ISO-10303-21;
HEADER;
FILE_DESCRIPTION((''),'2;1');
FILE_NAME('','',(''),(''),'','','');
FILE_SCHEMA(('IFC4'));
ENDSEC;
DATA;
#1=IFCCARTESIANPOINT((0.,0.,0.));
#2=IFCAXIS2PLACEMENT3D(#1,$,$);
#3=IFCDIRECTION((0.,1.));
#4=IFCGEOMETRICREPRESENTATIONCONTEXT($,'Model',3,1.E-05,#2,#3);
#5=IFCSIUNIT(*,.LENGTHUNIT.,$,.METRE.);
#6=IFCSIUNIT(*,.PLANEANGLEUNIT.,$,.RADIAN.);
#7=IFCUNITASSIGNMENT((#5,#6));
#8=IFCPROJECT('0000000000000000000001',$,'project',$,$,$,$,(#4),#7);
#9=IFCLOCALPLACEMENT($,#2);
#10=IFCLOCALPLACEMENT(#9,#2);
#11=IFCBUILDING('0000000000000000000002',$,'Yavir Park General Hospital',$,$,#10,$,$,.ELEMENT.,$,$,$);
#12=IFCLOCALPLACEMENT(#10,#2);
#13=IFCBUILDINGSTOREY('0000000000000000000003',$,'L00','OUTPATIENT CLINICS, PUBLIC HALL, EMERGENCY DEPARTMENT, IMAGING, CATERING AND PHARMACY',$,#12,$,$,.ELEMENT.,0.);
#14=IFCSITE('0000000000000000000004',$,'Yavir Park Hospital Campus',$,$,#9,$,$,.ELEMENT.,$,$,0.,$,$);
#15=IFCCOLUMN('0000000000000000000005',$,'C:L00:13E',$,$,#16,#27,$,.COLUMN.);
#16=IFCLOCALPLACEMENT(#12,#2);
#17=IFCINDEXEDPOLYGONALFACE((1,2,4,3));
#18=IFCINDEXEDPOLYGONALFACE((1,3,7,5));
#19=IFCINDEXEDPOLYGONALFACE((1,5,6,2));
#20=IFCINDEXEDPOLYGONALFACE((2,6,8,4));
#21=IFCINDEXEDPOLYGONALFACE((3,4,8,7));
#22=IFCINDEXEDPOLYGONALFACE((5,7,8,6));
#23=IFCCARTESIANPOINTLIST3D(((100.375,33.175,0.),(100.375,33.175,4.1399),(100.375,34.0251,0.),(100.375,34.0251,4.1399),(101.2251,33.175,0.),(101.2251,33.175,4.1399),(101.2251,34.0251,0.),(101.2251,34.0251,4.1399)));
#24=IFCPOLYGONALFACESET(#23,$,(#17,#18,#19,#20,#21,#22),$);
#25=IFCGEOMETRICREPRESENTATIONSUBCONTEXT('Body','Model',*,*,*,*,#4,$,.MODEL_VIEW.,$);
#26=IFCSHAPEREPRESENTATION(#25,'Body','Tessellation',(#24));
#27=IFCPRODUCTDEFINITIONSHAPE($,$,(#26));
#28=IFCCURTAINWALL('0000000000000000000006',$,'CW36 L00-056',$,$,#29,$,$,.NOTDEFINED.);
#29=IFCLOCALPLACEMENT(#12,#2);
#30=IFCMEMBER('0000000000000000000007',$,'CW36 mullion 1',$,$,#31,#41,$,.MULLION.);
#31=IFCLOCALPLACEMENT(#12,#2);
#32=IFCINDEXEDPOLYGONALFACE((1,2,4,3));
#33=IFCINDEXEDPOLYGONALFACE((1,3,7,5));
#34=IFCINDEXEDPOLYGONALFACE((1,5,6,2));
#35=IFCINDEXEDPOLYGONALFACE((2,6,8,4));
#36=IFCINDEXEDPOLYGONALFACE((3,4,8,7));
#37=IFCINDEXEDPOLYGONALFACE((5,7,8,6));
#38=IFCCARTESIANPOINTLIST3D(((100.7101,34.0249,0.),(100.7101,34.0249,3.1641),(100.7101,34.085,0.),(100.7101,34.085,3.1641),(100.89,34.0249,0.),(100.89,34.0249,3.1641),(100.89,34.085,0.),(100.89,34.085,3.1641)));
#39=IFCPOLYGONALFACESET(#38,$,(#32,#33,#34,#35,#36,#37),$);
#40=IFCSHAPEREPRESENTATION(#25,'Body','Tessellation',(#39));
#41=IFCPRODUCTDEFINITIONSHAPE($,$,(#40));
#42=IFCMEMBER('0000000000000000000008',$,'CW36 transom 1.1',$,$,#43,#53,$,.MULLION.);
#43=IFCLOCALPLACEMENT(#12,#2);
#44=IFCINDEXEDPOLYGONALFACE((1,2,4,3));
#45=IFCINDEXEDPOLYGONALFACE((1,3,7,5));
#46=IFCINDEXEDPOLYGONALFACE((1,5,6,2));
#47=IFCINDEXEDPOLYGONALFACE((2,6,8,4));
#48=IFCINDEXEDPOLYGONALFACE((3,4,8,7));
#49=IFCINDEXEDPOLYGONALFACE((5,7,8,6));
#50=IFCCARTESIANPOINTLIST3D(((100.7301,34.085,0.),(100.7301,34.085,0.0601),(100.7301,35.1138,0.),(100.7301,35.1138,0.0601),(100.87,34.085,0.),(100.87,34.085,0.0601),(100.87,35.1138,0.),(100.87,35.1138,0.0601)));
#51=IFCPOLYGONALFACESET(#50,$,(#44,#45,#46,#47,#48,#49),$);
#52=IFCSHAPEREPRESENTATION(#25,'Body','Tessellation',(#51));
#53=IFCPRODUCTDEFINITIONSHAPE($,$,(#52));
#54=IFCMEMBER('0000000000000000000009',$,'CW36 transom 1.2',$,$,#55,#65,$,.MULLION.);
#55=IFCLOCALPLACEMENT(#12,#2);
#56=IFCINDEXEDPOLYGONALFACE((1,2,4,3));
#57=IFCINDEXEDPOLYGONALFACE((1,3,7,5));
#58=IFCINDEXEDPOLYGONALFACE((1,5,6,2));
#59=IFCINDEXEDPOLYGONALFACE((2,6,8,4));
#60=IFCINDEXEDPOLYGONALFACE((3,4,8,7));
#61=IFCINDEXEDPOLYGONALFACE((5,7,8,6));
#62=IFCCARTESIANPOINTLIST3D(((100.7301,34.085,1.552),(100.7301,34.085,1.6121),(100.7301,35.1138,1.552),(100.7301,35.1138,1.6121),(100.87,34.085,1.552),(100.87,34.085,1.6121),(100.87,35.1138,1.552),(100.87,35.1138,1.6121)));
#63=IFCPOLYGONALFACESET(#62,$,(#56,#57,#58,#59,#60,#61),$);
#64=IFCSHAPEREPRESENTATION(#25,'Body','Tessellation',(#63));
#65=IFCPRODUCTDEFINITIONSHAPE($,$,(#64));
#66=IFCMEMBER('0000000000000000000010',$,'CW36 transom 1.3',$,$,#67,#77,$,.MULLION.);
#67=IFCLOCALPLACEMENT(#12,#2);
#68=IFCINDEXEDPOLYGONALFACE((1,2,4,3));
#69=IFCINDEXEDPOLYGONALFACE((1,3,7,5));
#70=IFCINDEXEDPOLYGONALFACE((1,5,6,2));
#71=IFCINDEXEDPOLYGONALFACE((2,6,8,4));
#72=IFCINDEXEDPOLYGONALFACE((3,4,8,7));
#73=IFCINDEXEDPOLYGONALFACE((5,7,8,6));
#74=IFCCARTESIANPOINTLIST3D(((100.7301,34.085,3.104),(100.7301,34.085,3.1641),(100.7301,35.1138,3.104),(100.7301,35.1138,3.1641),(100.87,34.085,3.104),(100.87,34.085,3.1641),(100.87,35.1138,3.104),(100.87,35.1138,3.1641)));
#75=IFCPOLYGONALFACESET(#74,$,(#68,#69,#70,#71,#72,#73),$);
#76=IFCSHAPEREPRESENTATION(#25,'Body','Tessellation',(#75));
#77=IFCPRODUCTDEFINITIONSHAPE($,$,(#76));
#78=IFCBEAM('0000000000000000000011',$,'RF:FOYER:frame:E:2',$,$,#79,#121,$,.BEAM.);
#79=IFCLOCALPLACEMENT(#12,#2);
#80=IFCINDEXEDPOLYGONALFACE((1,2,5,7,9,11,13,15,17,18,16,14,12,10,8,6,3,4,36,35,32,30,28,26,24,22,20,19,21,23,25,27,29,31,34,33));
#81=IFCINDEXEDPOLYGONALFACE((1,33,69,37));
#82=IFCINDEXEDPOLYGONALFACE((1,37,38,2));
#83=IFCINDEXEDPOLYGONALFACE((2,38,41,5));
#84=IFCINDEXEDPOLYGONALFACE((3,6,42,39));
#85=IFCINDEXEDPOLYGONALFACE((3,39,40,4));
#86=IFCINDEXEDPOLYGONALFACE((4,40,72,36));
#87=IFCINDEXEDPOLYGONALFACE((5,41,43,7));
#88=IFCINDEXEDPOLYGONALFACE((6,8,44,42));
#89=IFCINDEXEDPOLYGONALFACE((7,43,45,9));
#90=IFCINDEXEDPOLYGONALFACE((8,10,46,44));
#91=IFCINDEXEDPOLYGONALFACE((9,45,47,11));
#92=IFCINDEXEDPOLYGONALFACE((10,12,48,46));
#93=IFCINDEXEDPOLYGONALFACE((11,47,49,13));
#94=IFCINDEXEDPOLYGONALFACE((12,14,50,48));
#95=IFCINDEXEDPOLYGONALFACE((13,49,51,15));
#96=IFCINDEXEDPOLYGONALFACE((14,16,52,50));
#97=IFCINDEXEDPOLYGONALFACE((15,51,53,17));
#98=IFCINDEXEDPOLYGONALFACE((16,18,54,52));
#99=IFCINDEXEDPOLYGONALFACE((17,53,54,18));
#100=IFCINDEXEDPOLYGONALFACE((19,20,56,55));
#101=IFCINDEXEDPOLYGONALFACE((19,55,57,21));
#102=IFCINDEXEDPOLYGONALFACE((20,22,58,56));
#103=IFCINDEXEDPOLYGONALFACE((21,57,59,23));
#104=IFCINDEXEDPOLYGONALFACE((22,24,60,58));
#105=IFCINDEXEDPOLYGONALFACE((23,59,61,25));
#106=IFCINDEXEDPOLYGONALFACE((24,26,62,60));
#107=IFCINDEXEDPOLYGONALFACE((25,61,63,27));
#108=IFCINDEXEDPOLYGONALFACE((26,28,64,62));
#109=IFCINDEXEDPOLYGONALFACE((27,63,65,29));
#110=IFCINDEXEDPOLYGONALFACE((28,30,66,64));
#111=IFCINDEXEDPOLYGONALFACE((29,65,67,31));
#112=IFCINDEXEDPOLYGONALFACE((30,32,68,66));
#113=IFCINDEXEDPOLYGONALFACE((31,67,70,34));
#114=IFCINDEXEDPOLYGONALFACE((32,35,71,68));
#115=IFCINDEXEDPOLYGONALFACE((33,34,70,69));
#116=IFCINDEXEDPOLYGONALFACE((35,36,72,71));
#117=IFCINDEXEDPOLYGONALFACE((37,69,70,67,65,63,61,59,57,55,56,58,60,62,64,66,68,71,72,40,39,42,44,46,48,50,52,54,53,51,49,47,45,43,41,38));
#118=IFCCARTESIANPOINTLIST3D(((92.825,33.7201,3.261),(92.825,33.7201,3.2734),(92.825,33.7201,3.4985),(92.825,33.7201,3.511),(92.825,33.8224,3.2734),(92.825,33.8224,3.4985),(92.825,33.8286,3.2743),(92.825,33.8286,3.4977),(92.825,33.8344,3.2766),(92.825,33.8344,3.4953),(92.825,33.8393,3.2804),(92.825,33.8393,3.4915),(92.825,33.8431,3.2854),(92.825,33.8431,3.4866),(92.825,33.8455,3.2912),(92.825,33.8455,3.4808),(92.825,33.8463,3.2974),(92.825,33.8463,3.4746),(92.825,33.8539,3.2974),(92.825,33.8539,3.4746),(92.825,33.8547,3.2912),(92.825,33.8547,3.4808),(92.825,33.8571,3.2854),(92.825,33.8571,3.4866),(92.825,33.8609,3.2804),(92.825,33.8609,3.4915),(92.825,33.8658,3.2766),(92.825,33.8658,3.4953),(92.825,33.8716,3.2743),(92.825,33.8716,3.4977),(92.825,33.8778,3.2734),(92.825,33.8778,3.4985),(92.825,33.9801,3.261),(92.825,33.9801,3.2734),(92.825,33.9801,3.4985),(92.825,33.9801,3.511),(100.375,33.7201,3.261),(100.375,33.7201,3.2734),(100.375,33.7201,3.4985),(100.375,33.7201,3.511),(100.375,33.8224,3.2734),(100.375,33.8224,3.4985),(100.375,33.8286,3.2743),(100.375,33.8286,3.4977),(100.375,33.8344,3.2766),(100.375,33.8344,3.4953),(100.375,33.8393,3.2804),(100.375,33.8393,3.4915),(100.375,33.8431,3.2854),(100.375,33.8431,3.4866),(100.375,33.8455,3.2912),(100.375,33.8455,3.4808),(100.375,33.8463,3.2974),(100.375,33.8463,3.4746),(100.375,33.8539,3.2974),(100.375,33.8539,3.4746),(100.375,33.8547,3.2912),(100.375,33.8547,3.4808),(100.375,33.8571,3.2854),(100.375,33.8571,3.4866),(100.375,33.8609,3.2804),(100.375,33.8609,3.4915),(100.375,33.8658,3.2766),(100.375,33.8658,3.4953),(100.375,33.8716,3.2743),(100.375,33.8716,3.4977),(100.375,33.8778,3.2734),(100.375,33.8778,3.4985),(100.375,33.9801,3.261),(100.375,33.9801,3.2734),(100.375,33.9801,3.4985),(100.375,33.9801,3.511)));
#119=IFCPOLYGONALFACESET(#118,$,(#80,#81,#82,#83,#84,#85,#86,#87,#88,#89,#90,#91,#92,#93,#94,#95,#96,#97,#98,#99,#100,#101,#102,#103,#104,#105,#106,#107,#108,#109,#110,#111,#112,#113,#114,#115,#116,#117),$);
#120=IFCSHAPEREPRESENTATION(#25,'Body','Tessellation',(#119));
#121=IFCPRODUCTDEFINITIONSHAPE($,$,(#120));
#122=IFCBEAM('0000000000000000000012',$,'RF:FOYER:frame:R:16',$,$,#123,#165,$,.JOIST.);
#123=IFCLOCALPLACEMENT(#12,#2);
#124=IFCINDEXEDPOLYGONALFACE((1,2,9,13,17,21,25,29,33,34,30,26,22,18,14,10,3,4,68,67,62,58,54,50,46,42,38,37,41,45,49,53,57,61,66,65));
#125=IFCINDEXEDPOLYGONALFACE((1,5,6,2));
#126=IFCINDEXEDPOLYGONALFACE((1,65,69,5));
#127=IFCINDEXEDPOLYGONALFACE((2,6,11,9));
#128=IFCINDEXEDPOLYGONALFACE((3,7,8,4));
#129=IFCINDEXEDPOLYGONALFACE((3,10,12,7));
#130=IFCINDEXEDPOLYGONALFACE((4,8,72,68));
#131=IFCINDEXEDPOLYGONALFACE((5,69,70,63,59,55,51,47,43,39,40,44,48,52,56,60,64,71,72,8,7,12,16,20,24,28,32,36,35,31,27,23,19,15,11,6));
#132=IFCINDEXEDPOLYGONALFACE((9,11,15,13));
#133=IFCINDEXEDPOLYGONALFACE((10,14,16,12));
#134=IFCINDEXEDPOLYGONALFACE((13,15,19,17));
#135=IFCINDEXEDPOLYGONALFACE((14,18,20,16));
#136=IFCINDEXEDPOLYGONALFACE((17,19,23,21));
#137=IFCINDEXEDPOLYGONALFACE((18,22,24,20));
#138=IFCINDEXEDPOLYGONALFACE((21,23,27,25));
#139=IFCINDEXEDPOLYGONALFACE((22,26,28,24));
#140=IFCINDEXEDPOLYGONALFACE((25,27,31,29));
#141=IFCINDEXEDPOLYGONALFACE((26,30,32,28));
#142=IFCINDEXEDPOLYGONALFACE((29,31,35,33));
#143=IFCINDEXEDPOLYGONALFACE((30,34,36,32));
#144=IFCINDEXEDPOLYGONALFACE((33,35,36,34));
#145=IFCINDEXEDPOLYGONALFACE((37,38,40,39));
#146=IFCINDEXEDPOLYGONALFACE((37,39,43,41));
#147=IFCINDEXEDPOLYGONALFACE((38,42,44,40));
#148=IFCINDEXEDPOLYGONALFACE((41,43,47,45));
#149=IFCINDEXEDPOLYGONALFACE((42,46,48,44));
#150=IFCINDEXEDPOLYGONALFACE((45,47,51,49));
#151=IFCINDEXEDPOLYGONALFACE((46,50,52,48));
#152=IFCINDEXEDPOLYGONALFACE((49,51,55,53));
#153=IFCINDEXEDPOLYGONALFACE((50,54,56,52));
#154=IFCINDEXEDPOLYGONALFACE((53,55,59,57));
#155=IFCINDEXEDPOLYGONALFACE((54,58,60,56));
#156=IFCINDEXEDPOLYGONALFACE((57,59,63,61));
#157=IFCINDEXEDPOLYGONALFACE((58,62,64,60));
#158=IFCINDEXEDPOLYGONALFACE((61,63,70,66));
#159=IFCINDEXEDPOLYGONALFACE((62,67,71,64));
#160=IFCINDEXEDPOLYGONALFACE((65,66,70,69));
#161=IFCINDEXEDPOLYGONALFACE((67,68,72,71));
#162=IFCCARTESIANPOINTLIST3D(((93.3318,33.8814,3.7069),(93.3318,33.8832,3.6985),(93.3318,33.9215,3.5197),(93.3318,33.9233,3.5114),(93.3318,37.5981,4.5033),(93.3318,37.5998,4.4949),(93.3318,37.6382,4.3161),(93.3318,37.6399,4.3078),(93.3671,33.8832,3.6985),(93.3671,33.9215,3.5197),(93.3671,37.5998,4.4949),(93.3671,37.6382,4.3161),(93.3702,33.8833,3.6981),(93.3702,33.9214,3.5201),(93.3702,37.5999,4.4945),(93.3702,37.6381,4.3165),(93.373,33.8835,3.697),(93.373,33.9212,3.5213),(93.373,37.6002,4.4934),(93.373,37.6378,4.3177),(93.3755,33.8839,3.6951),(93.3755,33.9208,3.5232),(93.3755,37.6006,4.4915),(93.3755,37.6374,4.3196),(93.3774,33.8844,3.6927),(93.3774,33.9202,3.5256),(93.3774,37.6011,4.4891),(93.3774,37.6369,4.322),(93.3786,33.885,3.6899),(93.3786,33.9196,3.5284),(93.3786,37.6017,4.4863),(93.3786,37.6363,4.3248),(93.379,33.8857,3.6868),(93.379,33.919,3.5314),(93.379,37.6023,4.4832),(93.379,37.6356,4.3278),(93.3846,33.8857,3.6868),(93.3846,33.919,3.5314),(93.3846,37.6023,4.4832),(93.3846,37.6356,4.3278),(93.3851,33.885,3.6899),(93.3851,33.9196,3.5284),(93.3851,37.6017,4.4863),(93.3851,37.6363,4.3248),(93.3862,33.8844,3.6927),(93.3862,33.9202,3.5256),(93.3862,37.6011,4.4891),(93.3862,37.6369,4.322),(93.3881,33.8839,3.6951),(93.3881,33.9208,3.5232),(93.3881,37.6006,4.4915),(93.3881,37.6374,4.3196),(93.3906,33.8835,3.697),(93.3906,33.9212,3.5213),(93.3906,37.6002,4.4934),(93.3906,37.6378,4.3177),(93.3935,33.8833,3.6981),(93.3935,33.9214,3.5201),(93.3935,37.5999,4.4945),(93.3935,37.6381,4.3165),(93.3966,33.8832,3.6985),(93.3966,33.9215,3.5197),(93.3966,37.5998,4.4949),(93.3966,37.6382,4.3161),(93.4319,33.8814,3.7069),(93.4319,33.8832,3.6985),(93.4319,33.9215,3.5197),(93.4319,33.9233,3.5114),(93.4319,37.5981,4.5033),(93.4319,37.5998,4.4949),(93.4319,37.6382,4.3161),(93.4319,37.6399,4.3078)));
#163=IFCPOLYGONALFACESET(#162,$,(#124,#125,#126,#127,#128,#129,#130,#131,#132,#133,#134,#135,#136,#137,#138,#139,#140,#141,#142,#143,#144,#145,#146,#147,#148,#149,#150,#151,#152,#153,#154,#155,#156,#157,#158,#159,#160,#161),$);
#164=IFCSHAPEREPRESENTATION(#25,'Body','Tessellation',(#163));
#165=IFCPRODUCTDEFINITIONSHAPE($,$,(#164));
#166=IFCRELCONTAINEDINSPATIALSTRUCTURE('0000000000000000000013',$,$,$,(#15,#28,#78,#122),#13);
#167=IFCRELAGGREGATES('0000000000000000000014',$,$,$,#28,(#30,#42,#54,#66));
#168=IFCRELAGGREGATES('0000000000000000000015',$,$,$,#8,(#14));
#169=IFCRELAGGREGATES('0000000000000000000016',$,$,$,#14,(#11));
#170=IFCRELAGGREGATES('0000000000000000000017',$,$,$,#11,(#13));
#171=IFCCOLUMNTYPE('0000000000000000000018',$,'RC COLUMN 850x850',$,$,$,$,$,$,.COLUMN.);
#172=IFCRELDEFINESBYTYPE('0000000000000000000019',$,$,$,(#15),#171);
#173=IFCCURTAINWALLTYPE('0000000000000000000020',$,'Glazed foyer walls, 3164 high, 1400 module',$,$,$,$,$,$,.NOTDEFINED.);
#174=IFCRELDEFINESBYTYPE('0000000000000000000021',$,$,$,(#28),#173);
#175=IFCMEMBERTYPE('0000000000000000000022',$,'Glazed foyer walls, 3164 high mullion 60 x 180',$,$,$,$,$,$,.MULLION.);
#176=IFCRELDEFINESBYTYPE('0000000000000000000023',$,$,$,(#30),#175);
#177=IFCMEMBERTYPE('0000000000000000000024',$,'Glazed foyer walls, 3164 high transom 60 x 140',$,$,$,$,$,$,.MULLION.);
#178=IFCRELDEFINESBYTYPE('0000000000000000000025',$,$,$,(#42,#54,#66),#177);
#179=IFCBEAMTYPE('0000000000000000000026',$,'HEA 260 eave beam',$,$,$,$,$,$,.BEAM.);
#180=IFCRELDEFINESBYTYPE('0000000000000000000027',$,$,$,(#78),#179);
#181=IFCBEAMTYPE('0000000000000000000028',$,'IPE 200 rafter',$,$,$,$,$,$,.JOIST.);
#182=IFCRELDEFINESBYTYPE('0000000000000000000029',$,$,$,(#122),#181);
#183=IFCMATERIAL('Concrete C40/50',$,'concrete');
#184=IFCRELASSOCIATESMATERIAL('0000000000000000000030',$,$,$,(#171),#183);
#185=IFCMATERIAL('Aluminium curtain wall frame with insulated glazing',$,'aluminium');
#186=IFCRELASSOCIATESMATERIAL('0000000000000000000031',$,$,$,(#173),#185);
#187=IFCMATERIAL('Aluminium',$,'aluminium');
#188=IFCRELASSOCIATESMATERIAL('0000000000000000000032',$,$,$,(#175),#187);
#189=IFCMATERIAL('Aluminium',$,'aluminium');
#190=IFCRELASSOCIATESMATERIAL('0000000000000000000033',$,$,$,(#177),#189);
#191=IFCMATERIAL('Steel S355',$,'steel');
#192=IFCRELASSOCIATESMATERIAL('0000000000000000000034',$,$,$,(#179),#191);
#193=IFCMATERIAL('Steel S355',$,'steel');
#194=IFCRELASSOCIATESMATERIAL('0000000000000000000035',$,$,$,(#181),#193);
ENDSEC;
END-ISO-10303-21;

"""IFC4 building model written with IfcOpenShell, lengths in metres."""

from ifc_helpers import new_model, si_unit, direction, frame, origin, origin_2d, place, context, subcontext, project, spatial, rectangle, i_section, extrude, material, material_profile, profile_set, type_object, element, aggregate, save


model = new_model("IFC4")

# Units and contexts
model_context = context("Model", 3, precision=1e-05, world=origin(), true_north=direction((0.0, 1.0)))
body_context = subcontext(model_context, "Body", "Model", "MODEL_VIEW")
ifc_project = project(units=[si_unit("LENGTHUNIT", "METRE"), si_unit("PLANEANGLEUNIT", "RADIAN")], contexts=[model_context])

# Site, building, storey
site_placement = place(None, origin())
site = spatial("IfcSite", under=ifc_project, at=site_placement, Name="Yavir Park Hospital Campus", CompositionType="ELEMENT", RefElevation=0.0)
building_placement = place(site_placement, origin())
building = spatial("IfcBuilding", under=site, at=building_placement, Name="Yavir Park General Hospital", CompositionType="ELEMENT")
storey_placement = place(building_placement, origin())
storey = spatial("IfcBuildingStorey", under=building, at=storey_placement, Name="L00", Description="OUTPATIENT CLINICS, PUBLIC HALL, EMERGENCY DEPARTMENT, IMAGING, CATERING AND PHARMACY", CompositionType="ELEMENT", Elevation=0.0)

# Column
ifc_material_1 = material(Name="Concrete C40/50", Category="concrete")
ifc_material_profile_1 = material_profile(ifc_material_1, rectangle(XDim=0.8501, YDim=0.8501, at=origin_2d()), Name="RC850x850")
ifc_profile_set_1 = profile_set([ifc_material_profile_1], Name="Concrete C40/50")
column_type = type_object("IfcColumnType", Name="RC COLUMN 850x850", PredefinedType="COLUMN", material=ifc_profile_set_1)
column_placement = place(storey_placement, frame((100.8, 33.6001, 0.0), z_axis=(0.0, 0.0, 1.0), x_axis=(1.0, 0.0, 0.0)))
element("IfcColumn", 1, at=column_placement, inside=storey, type_object=column_type, Name="C:L00:13E", PredefinedType="COLUMN", context=body_context, shape_type="SweptSolid", body=[
    extrude(rectangle(XDim=0.8501, YDim=0.8501, at=origin_2d()), origin(), (0.0, 0.0, 1.0), 4.1399),
])

# Curtain wall, members
ifc_material_2 = material(Name="Aluminium curtain wall frame with insulated glazing", Category="aluminium")
curtain_wall_type = type_object("IfcCurtainWallType", Name="Glazed foyer walls, 3164 high, 1400 module", PredefinedType="NOTDEFINED", material=ifc_material_2)
curtain_wall_placement = place(storey_placement, origin())
curtain_wall = element("IfcCurtainWall", 2, at=curtain_wall_placement, inside=storey, type_object=curtain_wall_type, Name="CW36 L00-056", PredefinedType="NOTDEFINED")
ifc_material_3 = material(Name="Aluminium", Category="aluminium")
ifc_material_profile_2 = material_profile(ifc_material_3, rectangle(XDim=0.1799, YDim=0.0601, at=origin_2d()), Name="AL 60x180")
ifc_profile_set_2 = profile_set([ifc_material_profile_2], Name="Aluminium")
member_type_1 = type_object("IfcMemberType", Name="Glazed foyer walls, 3164 high mullion 60 x 180", PredefinedType="MULLION", material=ifc_profile_set_2)
member_1_placement = place(storey_placement, frame((100.8, 34.0549, 0.0), z_axis=(0.0, 0.0, 1.0), x_axis=(-1.0, 0.0, 0.0)))
member_1 = element("IfcMember", 3, at=member_1_placement, type_object=member_type_1, Name="CW36 mullion 1", PredefinedType="MULLION", context=body_context, shape_type="SweptSolid", body=[
    extrude(rectangle(XDim=0.1799, YDim=0.0601, at=origin_2d()), origin(), (0.0, 0.0, 1.0), 3.1641),
])
ifc_material_4 = material(Name="Aluminium", Category="aluminium")
ifc_material_profile_3 = material_profile(ifc_material_4, rectangle(XDim=0.1399, YDim=0.0601, at=origin_2d()), Name="AL 140x60")
ifc_profile_set_3 = profile_set([ifc_material_profile_3], Name="Aluminium")
member_type_2 = type_object("IfcMemberType", Name="Glazed foyer walls, 3164 high transom 60 x 140", PredefinedType="MULLION", material=ifc_profile_set_3)
member_2_placement = place(storey_placement, frame((100.8, 34.085, 0.03), z_axis=(0.0, 1.0, 0.0), x_axis=(-1.0, 0.0, 0.0)))
member_2 = element("IfcMember", 4, at=member_2_placement, type_object=member_type_2, Name="CW36 transom 1.1", PredefinedType="MULLION", context=body_context, shape_type="SweptSolid", body=[
    extrude(rectangle(XDim=0.1399, YDim=0.0601, at=origin_2d()), origin(), (0.0, 0.0, 1.0), 1.0288),
])
member_3_placement = place(storey_placement, frame((100.8, 34.085, 1.582), z_axis=(0.0, 1.0, 0.0), x_axis=(-1.0, 0.0, 0.0)))
member_3 = element("IfcMember", 5, at=member_3_placement, type_object=member_type_2, Name="CW36 transom 1.2", PredefinedType="MULLION", context=body_context, shape_type="SweptSolid", body=[
    extrude(rectangle(XDim=0.1399, YDim=0.0601, at=origin_2d()), origin(), (0.0, 0.0, 1.0), 1.0288),
])
member_4_placement = place(storey_placement, frame((100.8, 34.085, 3.134), z_axis=(0.0, 1.0, 0.0), x_axis=(-1.0, 0.0, 0.0)))
member_4 = element("IfcMember", 6, at=member_4_placement, type_object=member_type_2, Name="CW36 transom 1.3", PredefinedType="MULLION", context=body_context, shape_type="SweptSolid", body=[
    extrude(rectangle(XDim=0.1399, YDim=0.0601, at=origin_2d()), origin(), (0.0, 0.0, 1.0), 1.0288),
])
aggregate(curtain_wall, [member_1, member_2, member_3, member_4])

# Beams
ifc_material_5 = material(Name="Steel S355", Category="steel")
ifc_material_profile_4 = material_profile(ifc_material_5, i_section(OverallWidth=0.26, OverallDepth=0.25, WebThickness=0.0076, FlangeThickness=0.0125, FilletRadius=0.0239, at=origin_2d()), Name="HEA260")
ifc_profile_set_4 = profile_set([ifc_material_profile_4], Name="Steel S355")
beam_type_1 = type_object("IfcBeamType", Name="HEA 260 eave beam", PredefinedType="BEAM", material=ifc_profile_set_4)
beam_1_placement = place(storey_placement, frame((92.825, 33.8501, 3.386), z_axis=(1.0, 0.0, 0.0), x_axis=(0.0, 1.0, 0.0)))
element("IfcBeam", 7, at=beam_1_placement, inside=storey, type_object=beam_type_1, Name="RF:FOYER:frame:E:2", PredefinedType="BEAM", context=body_context, shape_type="SweptSolid", body=[
    extrude(i_section(OverallWidth=0.26, OverallDepth=0.25, WebThickness=0.0076, FlangeThickness=0.0125, FilletRadius=0.0239, at=origin_2d()), origin(), (0.0, 0.0, 1.0), 7.55),
])
ifc_material_6 = material(Name="Steel S355", Category="steel")
ifc_material_profile_5 = material_profile(ifc_material_6, i_section(OverallWidth=0.1001, OverallDepth=0.2, WebThickness=0.0056, FlangeThickness=0.0085, FilletRadius=0.012, at=origin_2d()), Name="IPE200")
ifc_profile_set_5 = profile_set([ifc_material_profile_5], Name="Steel S355")
beam_type_2 = type_object("IfcBeamType", Name="IPE 200 rafter", PredefinedType="JOIST", material=ifc_profile_set_5)
for number, where, z_axis, x_axis, name in (
    (8, (93.3818, 33.9023, 3.6091), (0.0, 0.977803, 0.209525), (-1.0, 0.0, 0.0), "RF:FOYER:frame:R:16"),
):
    element("IfcBeam", number, at=place(storey_placement, frame(where, z_axis=z_axis, x_axis=x_axis)), inside=storey, type_object=beam_type_2, Name=name, PredefinedType="JOIST", context=body_context, shape_type="SweptSolid", body=[
        extrude(i_section(OverallWidth=0.1001, OverallDepth=0.2, WebThickness=0.0056, FlangeThickness=0.0085, FilletRadius=0.012, at=origin_2d()), origin(), (0.0, 0.0, 1.0), 3.801),
    ])

save(model, "model.ifc")
